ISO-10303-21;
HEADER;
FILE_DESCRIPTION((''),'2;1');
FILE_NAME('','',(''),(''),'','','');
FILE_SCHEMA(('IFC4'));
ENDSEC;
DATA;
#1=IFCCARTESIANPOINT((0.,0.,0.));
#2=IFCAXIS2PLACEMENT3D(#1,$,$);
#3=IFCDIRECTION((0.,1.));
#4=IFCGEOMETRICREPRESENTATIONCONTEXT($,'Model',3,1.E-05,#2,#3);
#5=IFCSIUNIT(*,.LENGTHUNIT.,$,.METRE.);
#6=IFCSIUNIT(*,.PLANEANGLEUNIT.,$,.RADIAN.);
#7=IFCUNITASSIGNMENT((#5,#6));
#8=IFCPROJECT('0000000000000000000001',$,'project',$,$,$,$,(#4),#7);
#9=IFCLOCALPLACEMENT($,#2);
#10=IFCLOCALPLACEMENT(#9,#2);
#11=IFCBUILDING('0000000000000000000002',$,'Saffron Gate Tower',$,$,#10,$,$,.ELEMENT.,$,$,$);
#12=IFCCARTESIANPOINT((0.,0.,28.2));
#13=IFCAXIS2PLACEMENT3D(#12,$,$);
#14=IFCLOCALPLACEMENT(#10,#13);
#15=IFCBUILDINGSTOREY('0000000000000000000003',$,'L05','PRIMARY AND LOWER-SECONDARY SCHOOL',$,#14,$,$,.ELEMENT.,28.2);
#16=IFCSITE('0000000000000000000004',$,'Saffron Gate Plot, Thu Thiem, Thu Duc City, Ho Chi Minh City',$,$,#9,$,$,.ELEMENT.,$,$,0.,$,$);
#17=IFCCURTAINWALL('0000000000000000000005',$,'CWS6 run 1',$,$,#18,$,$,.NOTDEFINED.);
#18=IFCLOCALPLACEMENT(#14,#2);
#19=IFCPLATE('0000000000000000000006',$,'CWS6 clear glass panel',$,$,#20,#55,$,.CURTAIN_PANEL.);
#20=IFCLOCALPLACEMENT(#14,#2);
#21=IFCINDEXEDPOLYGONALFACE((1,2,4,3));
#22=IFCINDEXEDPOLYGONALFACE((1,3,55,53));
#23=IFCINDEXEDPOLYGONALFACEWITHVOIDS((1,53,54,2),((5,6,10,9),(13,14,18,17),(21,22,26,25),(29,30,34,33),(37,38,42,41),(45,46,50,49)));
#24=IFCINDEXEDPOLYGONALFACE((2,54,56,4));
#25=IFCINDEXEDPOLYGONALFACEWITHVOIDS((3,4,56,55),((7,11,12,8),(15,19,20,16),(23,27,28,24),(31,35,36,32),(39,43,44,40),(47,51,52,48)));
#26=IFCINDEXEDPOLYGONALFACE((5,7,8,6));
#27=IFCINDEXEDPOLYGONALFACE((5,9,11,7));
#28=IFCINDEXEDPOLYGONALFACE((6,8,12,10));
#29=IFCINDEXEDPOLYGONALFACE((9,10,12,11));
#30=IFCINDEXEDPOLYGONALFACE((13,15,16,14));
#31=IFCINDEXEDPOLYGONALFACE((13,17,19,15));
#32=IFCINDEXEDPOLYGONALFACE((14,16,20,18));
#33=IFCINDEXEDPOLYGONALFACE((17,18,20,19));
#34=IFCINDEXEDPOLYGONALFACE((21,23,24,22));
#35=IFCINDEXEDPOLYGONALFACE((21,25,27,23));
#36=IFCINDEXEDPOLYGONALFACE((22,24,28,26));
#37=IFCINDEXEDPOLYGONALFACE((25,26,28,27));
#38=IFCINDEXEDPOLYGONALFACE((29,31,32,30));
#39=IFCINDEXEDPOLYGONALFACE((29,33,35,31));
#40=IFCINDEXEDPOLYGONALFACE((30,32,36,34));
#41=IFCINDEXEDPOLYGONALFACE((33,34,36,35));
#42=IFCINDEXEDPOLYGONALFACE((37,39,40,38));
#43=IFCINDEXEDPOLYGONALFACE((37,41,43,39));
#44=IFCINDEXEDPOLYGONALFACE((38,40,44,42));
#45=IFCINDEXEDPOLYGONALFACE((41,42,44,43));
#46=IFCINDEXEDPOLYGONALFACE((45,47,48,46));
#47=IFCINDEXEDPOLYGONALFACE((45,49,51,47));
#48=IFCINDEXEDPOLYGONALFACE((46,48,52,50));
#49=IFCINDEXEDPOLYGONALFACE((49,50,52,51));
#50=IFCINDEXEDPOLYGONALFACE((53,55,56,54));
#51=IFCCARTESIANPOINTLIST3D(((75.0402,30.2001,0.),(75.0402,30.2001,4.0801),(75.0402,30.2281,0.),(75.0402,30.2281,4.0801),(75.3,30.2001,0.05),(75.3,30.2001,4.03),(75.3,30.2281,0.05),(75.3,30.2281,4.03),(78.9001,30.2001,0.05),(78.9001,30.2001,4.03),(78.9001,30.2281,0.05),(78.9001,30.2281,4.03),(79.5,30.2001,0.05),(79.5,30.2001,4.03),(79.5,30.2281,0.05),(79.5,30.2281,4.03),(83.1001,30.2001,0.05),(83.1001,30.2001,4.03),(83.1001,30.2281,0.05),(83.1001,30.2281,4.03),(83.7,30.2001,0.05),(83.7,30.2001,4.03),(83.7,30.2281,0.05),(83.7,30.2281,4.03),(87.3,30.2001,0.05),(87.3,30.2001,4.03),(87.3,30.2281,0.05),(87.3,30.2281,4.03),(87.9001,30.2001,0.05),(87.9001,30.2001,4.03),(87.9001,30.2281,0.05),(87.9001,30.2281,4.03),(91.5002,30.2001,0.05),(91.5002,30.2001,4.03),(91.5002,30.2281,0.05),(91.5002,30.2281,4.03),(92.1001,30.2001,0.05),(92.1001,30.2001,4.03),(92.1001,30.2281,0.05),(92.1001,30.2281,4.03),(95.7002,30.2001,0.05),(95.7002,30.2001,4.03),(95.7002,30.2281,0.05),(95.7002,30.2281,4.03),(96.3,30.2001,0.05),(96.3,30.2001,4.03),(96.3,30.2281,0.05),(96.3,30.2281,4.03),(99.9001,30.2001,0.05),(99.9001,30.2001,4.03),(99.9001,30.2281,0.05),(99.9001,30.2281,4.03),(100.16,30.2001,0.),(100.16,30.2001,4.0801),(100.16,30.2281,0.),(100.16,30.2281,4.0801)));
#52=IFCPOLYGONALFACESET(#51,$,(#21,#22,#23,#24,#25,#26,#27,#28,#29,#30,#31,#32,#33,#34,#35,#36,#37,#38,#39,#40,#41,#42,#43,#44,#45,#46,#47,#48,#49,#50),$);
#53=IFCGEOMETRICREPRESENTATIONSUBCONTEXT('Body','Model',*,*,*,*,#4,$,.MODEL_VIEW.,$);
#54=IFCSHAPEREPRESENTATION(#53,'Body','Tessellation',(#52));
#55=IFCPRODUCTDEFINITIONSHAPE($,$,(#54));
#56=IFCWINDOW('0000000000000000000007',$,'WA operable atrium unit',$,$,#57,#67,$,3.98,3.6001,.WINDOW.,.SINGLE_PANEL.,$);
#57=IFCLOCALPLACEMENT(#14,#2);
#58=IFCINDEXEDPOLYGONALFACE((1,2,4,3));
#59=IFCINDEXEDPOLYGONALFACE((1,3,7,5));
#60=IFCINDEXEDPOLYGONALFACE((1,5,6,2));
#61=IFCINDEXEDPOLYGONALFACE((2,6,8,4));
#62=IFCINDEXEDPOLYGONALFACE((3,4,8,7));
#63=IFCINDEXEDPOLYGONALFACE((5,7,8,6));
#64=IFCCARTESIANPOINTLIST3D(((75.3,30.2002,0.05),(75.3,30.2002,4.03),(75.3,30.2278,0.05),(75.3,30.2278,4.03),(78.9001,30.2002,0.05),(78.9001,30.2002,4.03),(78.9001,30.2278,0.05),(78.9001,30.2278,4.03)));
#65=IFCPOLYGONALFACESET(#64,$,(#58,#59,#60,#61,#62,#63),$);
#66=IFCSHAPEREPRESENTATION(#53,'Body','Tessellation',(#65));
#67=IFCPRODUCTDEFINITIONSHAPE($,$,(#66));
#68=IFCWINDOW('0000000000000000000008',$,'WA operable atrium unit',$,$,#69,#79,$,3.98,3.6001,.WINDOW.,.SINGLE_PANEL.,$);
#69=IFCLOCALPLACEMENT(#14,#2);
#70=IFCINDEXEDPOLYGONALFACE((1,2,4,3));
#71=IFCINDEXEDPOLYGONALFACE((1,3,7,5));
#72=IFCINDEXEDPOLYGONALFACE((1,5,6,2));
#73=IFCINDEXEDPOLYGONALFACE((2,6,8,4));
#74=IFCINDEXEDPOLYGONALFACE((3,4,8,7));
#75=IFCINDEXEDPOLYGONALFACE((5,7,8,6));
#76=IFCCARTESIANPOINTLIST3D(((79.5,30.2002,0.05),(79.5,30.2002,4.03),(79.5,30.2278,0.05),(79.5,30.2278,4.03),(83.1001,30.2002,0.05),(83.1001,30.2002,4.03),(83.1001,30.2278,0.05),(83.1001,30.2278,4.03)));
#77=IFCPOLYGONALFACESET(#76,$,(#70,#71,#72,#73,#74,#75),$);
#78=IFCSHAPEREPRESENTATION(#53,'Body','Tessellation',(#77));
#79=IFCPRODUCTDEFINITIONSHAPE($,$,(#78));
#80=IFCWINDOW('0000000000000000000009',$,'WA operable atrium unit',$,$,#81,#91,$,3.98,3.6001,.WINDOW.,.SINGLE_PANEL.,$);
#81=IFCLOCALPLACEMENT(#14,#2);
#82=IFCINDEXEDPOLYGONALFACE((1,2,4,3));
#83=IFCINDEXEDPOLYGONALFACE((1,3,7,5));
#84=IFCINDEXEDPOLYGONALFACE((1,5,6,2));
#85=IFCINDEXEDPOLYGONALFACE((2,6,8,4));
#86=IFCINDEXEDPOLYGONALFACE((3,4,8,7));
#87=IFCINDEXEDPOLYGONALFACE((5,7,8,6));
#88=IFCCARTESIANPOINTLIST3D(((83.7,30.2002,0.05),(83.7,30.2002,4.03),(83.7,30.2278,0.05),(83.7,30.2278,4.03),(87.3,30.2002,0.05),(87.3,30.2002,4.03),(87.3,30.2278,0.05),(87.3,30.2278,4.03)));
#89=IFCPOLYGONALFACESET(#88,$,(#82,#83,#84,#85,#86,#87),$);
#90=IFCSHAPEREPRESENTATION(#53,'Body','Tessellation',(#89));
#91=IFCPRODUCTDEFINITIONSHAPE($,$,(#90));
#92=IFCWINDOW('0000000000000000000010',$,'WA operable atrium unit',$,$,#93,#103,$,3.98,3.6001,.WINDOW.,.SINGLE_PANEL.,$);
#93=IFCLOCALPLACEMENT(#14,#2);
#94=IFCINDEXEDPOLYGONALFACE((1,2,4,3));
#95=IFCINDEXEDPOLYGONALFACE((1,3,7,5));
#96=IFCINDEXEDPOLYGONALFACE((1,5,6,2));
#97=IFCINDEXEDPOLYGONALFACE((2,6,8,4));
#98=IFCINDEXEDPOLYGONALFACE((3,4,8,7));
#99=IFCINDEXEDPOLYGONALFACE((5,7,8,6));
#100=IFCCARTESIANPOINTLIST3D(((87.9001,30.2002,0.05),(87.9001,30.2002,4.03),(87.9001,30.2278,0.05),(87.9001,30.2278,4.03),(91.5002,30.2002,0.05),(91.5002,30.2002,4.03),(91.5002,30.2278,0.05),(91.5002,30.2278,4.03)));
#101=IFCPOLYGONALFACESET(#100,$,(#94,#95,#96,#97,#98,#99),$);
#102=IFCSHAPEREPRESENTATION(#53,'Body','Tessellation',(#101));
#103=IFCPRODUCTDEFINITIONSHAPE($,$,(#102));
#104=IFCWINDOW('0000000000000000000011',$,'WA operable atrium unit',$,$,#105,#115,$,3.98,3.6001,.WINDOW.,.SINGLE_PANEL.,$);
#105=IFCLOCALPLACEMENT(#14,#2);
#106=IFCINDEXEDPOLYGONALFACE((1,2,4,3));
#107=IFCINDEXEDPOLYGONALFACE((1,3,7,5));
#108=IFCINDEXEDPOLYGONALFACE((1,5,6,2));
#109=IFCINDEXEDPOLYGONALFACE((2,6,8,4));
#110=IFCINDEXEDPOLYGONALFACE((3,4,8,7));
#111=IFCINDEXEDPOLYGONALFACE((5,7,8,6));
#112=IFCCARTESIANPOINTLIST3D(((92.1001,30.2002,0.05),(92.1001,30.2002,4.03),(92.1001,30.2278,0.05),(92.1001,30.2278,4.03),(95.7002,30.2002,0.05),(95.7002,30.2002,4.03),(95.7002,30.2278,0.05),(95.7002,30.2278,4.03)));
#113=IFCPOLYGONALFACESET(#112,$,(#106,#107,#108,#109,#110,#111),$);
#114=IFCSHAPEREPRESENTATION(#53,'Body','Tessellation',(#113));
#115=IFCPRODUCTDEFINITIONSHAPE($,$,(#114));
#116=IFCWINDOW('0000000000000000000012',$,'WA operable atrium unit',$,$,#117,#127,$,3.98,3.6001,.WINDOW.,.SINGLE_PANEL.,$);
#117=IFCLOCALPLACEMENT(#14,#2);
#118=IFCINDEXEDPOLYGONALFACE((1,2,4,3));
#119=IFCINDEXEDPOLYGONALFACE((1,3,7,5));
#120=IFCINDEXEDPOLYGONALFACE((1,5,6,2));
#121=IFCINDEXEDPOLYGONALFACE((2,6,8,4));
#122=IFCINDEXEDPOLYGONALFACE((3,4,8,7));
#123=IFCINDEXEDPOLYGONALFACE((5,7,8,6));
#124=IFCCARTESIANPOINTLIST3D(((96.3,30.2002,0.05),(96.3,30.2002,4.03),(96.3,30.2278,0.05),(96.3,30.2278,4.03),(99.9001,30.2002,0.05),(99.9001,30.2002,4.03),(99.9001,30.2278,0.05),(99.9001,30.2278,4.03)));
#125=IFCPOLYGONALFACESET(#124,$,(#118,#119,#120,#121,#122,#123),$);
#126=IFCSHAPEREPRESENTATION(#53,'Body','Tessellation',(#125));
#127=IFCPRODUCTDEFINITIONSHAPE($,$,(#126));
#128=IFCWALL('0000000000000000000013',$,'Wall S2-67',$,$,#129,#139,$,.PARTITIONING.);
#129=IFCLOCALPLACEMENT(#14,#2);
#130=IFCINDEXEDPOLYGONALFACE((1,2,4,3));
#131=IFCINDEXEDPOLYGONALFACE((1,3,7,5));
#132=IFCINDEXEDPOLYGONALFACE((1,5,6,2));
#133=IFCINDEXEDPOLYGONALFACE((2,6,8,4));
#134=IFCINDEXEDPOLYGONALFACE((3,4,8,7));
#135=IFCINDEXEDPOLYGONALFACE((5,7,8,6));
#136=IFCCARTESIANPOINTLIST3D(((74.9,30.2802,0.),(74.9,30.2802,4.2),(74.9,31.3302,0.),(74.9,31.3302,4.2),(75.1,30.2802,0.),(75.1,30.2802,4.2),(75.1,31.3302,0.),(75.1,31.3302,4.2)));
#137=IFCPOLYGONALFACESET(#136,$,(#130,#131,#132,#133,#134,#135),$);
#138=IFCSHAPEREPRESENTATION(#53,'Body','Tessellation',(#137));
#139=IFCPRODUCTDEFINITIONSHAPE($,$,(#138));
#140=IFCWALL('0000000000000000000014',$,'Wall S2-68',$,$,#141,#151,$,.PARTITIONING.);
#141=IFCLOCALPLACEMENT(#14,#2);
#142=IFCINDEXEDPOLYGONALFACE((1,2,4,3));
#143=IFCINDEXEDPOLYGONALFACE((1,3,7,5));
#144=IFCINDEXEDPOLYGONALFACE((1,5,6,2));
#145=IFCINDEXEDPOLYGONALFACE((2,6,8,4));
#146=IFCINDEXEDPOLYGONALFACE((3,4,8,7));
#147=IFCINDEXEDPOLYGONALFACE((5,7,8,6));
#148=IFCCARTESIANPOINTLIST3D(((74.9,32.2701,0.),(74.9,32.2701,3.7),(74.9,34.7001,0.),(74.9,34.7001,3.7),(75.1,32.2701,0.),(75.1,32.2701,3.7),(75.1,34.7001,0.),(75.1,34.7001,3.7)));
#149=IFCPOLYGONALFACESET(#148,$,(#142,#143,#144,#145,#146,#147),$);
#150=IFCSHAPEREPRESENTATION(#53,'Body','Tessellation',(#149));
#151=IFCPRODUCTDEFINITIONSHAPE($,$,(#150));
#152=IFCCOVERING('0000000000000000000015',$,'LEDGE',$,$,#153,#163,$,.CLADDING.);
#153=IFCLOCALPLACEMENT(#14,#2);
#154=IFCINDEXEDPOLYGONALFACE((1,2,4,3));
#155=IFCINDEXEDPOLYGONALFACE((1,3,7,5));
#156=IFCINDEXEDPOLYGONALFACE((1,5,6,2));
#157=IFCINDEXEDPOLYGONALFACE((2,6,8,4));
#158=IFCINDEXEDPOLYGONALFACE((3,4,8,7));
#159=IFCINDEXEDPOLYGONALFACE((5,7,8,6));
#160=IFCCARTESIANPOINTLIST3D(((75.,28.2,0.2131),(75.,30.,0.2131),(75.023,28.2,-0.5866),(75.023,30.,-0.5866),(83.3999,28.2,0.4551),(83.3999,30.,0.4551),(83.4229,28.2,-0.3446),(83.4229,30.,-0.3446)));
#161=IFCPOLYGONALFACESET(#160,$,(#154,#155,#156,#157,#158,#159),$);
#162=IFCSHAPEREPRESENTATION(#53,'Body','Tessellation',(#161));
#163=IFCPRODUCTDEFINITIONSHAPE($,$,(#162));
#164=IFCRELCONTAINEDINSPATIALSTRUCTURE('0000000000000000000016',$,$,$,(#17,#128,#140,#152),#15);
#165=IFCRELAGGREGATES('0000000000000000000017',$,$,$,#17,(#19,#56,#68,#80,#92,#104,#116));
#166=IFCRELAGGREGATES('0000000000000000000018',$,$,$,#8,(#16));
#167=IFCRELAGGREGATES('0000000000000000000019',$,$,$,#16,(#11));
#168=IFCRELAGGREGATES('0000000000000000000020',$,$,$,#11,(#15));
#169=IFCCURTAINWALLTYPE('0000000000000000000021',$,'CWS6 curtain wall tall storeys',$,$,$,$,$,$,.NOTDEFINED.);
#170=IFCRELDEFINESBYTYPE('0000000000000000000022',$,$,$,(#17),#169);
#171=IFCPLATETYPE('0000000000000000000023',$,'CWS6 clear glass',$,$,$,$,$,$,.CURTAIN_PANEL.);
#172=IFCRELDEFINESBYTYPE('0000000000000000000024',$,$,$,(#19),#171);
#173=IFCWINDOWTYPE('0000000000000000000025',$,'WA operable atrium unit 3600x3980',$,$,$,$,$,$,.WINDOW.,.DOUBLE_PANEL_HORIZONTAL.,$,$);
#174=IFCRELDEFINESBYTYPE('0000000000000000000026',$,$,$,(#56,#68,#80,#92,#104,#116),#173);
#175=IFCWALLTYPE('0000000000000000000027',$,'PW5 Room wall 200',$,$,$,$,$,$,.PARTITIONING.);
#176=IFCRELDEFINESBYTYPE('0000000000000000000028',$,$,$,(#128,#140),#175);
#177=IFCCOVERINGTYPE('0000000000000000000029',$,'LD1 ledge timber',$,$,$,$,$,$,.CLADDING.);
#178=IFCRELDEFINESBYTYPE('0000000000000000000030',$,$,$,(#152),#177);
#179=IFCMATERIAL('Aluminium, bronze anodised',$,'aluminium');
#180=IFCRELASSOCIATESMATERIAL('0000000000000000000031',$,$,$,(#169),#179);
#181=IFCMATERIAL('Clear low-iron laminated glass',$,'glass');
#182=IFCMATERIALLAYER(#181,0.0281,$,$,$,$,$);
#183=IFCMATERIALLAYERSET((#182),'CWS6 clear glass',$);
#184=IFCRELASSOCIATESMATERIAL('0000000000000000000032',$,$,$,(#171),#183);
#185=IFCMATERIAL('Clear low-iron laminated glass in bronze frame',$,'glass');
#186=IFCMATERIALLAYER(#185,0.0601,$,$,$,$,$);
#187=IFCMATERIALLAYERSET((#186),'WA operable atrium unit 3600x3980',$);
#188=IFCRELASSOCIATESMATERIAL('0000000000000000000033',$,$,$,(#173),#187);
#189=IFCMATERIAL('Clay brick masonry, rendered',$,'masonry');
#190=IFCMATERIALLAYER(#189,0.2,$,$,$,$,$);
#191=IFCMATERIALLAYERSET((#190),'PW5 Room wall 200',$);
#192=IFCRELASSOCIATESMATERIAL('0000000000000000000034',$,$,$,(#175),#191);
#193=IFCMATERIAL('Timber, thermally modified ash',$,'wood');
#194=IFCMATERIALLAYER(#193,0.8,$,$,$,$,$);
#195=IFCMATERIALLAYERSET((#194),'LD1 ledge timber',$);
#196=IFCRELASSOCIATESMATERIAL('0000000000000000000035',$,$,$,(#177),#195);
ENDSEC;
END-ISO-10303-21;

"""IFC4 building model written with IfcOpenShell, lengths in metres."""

from ifc_helpers import new_model, si_unit, direction, frame, frame_2d, origin, place, context, subcontext, project, spatial, polyline, rectangle, outline, extrude, material, layer, layer_set, type_object, element, fill, aggregate, save


model = new_model("IFC4")

# Units and contexts
model_context = context("Model", 3, precision=1e-05, world=origin(), true_north=direction((0.0, 1.0)))
body_context = subcontext(model_context, "Body", "Model", "MODEL_VIEW")
ifc_project = project(units=[si_unit("LENGTHUNIT", "METRE"), si_unit("PLANEANGLEUNIT", "RADIAN")], contexts=[model_context])

# Site, building, storey
site_placement = place(None, origin())
site = spatial("IfcSite", under=ifc_project, at=site_placement, Name="Saffron Gate Plot, Thu Thiem, Thu Duc City, Ho Chi Minh City", CompositionType="ELEMENT", RefElevation=0.0)
building_placement = place(site_placement, origin())
building = spatial("IfcBuilding", under=site, at=building_placement, Name="Saffron Gate Tower", CompositionType="ELEMENT")
storey_placement = place(building_placement, frame((0.0, 0.0, 28.2)))
storey = spatial("IfcBuildingStorey", under=building, at=storey_placement, Name="L05", Description="PRIMARY AND LOWER-SECONDARY SCHOOL", CompositionType="ELEMENT", Elevation=28.2)

# Curtain wall, plate, openings, windows
ifc_material_1 = material(Name="Aluminium, bronze anodised", Category="aluminium")
curtain_wall_type = type_object("IfcCurtainWallType", Name="CWS6 curtain wall tall storeys", PredefinedType="NOTDEFINED", material=ifc_material_1)
curtain_wall_placement = place(storey_placement, origin())
curtain_wall = element("IfcCurtainWall", 1, at=curtain_wall_placement, inside=storey, type_object=curtain_wall_type, Name="CWS6 run 1", PredefinedType="NOTDEFINED")
ifc_material_2 = material(Name="Clear low-iron laminated glass", Category="glass")
ifc_layer_1 = layer(ifc_material_2, 0.0281)
ifc_layer_set_1 = layer_set([ifc_layer_1], Name="CWS6 clear glass")
plate_type = type_object("IfcPlateType", Name="CWS6 clear glass", PredefinedType="CURTAIN_PANEL", material=ifc_layer_set_1)
plate_placement = place(storey_placement, frame((75.04, 30.2141, 0.0), z_axis=(0.0, 0.0, 1.0), x_axis=(1.0, 0.0, 0.0)))
plate = element("IfcPlate", 2, at=plate_placement, type_object=plate_type, Name="CWS6 clear glass panel", PredefinedType="CURTAIN_PANEL", context=body_context, shape_type="SweptSolid", body=[
    extrude(rectangle(XDim=25.1199, YDim=0.0281, at=frame_2d((12.5601, 0.0))), origin(), (0.0, 0.0, 1.0), 4.0801),
])
opening_1_placement = place(plate_placement, frame((0.26, 0.0, 0.05)))
opening_1 = element("IfcOpeningElement", 3, at=opening_1_placement, cuts=plate, PredefinedType="OPENING", context=body_context, shape_type="SweptSolid", body=[
    extrude(rectangle(XDim=3.6001, YDim=3.98, at=frame_2d((1.8, 1.99))), frame((0.0, 0.0239, 0.0), z_axis=(0.0, -1.0, 0.0), x_axis=(1.0, 0.0, 0.0)), (0.0, 0.0, 1.0), 0.0481),
])
opening_2_placement = place(plate_placement, frame((4.46, 0.0, 0.05)))
opening_2 = element("IfcOpeningElement", 4, at=opening_2_placement, cuts=plate, PredefinedType="OPENING", context=body_context, shape_type="SweptSolid", body=[
    extrude(rectangle(XDim=3.6001, YDim=3.98, at=frame_2d((1.8, 1.99))), frame((0.0, 0.0239, 0.0), z_axis=(0.0, -1.0, 0.0), x_axis=(1.0, 0.0, 0.0)), (0.0, 0.0, 1.0), 0.0481),
])
opening_3_placement = place(plate_placement, frame((8.6599, 0.0, 0.05)))
opening_3 = element("IfcOpeningElement", 5, at=opening_3_placement, cuts=plate, PredefinedType="OPENING", context=body_context, shape_type="SweptSolid", body=[
    extrude(rectangle(XDim=3.6001, YDim=3.98, at=frame_2d((1.8, 1.99))), frame((0.0, 0.0239, 0.0), z_axis=(0.0, -1.0, 0.0), x_axis=(1.0, 0.0, 0.0)), (0.0, 0.0, 1.0), 0.0481),
])
opening_4_placement = place(plate_placement, frame((12.8601, 0.0, 0.05)))
opening_4 = element("IfcOpeningElement", 6, at=opening_4_placement, cuts=plate, PredefinedType="OPENING", context=body_context, shape_type="SweptSolid", body=[
    extrude(rectangle(XDim=3.6001, YDim=3.98, at=frame_2d((1.8, 1.99))), frame((0.0, 0.0239, 0.0), z_axis=(0.0, -1.0, 0.0), x_axis=(1.0, 0.0, 0.0)), (0.0, 0.0, 1.0), 0.0481),
])
opening_5_placement = place(plate_placement, frame((17.0601, 0.0, 0.05)))
opening_5 = element("IfcOpeningElement", 7, at=opening_5_placement, cuts=plate, PredefinedType="OPENING", context=body_context, shape_type="SweptSolid", body=[
    extrude(rectangle(XDim=3.6001, YDim=3.98, at=frame_2d((1.8, 1.99))), frame((0.0, 0.0239, 0.0), z_axis=(0.0, -1.0, 0.0), x_axis=(1.0, 0.0, 0.0)), (0.0, 0.0, 1.0), 0.0481),
])
opening_6_placement = place(plate_placement, frame((21.26, 0.0, 0.05)))
opening_6 = element("IfcOpeningElement", 8, at=opening_6_placement, cuts=plate, PredefinedType="OPENING", context=body_context, shape_type="SweptSolid", body=[
    extrude(rectangle(XDim=3.6001, YDim=3.98, at=frame_2d((1.8, 1.99))), frame((0.0, 0.0239, 0.0), z_axis=(0.0, -1.0, 0.0), x_axis=(1.0, 0.0, 0.0)), (0.0, 0.0, 1.0), 0.0481),
])
ifc_material_3 = material(Name="Clear low-iron laminated glass in bronze frame", Category="glass")
ifc_layer_2 = layer(ifc_material_3, 0.0601)
ifc_layer_set_2 = layer_set([ifc_layer_2], Name="WA operable atrium unit 3600x3980")
window_type = type_object("IfcWindowType", Name="WA operable atrium unit 3600x3980", PartitioningType="DOUBLE_PANEL_HORIZONTAL", PredefinedType="WINDOW", material=ifc_layer_set_2)
window_1_placement = place(opening_1_placement, origin())
window_1 = element("IfcWindow", 9, at=window_1_placement, type_object=window_type, Name="WA operable atrium unit", OverallHeight=3.98, OverallWidth=3.6001, PartitioningType="SINGLE_PANEL", PredefinedType="WINDOW", context=body_context, shape_type="SweptSolid", body=[
    extrude(rectangle(XDim=3.6001, YDim=3.98, at=frame_2d((1.8, 1.99))), frame((0.0, 0.0137, 0.0), z_axis=(0.0, -1.0, 0.0), x_axis=(1.0, 0.0, 0.0)), (0.0, 0.0, 1.0), 0.0276),
])
fill(opening_1, window_1)
window_2_placement = place(opening_2_placement, origin())
window_2 = element("IfcWindow", 10, at=window_2_placement, type_object=window_type, Name="WA operable atrium unit", OverallHeight=3.98, OverallWidth=3.6001, PartitioningType="SINGLE_PANEL", PredefinedType="WINDOW", context=body_context, shape_type="SweptSolid", body=[
    extrude(rectangle(XDim=3.6001, YDim=3.98, at=frame_2d((1.8, 1.99))), frame((0.0, 0.0137, 0.0), z_axis=(0.0, -1.0, 0.0), x_axis=(1.0, 0.0, 0.0)), (0.0, 0.0, 1.0), 0.0276),
])
fill(opening_2, window_2)
window_3_placement = place(opening_3_placement, origin())
window_3 = element("IfcWindow", 11, at=window_3_placement, type_object=window_type, Name="WA operable atrium unit", OverallHeight=3.98, OverallWidth=3.6001, PartitioningType="SINGLE_PANEL", PredefinedType="WINDOW", context=body_context, shape_type="SweptSolid", body=[
    extrude(rectangle(XDim=3.6001, YDim=3.98, at=frame_2d((1.8, 1.99))), frame((0.0, 0.0137, 0.0), z_axis=(0.0, -1.0, 0.0), x_axis=(1.0, 0.0, 0.0)), (0.0, 0.0, 1.0), 0.0276),
])
fill(opening_3, window_3)
window_4_placement = place(opening_4_placement, origin())
window_4 = element("IfcWindow", 12, at=window_4_placement, type_object=window_type, Name="WA operable atrium unit", OverallHeight=3.98, OverallWidth=3.6001, PartitioningType="SINGLE_PANEL", PredefinedType="WINDOW", context=body_context, shape_type="SweptSolid", body=[
    extrude(rectangle(XDim=3.6001, YDim=3.98, at=frame_2d((1.8, 1.99))), frame((0.0, 0.0137, 0.0), z_axis=(0.0, -1.0, 0.0), x_axis=(1.0, 0.0, 0.0)), (0.0, 0.0, 1.0), 0.0276),
])
fill(opening_4, window_4)
window_5_placement = place(opening_5_placement, origin())
window_5 = element("IfcWindow", 13, at=window_5_placement, type_object=window_type, Name="WA operable atrium unit", OverallHeight=3.98, OverallWidth=3.6001, PartitioningType="SINGLE_PANEL", PredefinedType="WINDOW", context=body_context, shape_type="SweptSolid", body=[
    extrude(rectangle(XDim=3.6001, YDim=3.98, at=frame_2d((1.8, 1.99))), frame((0.0, 0.0137, 0.0), z_axis=(0.0, -1.0, 0.0), x_axis=(1.0, 0.0, 0.0)), (0.0, 0.0, 1.0), 0.0276),
])
fill(opening_5, window_5)
window_6_placement = place(opening_6_placement, origin())
window_6 = element("IfcWindow", 14, at=window_6_placement, type_object=window_type, Name="WA operable atrium unit", OverallHeight=3.98, OverallWidth=3.6001, PartitioningType="SINGLE_PANEL", PredefinedType="WINDOW", context=body_context, shape_type="SweptSolid", body=[
    extrude(rectangle(XDim=3.6001, YDim=3.98, at=frame_2d((1.8, 1.99))), frame((0.0, 0.0137, 0.0), z_axis=(0.0, -1.0, 0.0), x_axis=(1.0, 0.0, 0.0)), (0.0, 0.0, 1.0), 0.0276),
])
fill(opening_6, window_6)
aggregate(curtain_wall, [plate, window_1, window_2, window_3, window_4, window_5, window_6])

# Walls
ifc_material_4 = material(Name="Clay brick masonry, rendered", Category="masonry")
ifc_layer_3 = layer(ifc_material_4, 0.2)
ifc_layer_set_3 = layer_set([ifc_layer_3], Name="PW5 Room wall 200")
wall_type = type_object("IfcWallType", Name="PW5 Room wall 200", PredefinedType="PARTITIONING", material=ifc_layer_set_3)
wall_1_placement = place(storey_placement, frame((75.0, 31.3301, 0.0), z_axis=(0.0, 0.0, 1.0), x_axis=(0.0, -1.0, 0.0)))
element("IfcWall", 15, at=wall_1_placement, inside=storey, type_object=wall_type, Name="Wall S2-67", PredefinedType="PARTITIONING", context=body_context, shape_type="SweptSolid", body=[
    extrude(rectangle(XDim=1.05, YDim=0.2, at=frame_2d((0.5249, 0.0))), origin(), (0.0, 0.0, 1.0), 4.2),
])
wall_2_placement = place(storey_placement, frame((75.0, 34.7, 0.0), z_axis=(0.0, 0.0, 1.0), x_axis=(0.0, -1.0, 0.0)))
element("IfcWall", 16, at=wall_2_placement, inside=storey, type_object=wall_type, Name="Wall S2-68", PredefinedType="PARTITIONING", context=body_context, shape_type="SweptSolid", body=[
    extrude(rectangle(XDim=2.4299, YDim=0.2, at=frame_2d((1.2148, 0.0))), origin(), (0.0, 0.0, 1.0), 3.7),
])

# Covering
ifc_material_5 = material(Name="Timber, thermally modified ash", Category="wood")
ifc_layer_4 = layer(ifc_material_5, 0.8)
ifc_layer_set_4 = layer_set([ifc_layer_4], Name="LD1 ledge timber")
covering_type_1 = type_object("IfcCoveringType", Name="LD1 ledge timber", PredefinedType="CLADDING", material=ifc_layer_set_4)
covering_1_placement = place(storey_placement, frame((75.0, 30.0, 0.2131), z_axis=(-0.028791, 0.0, 0.999585), x_axis=(0.999585, 0.0, 0.028791)))
element("IfcCovering", 17, at=covering_1_placement, inside=storey, type_object=covering_type_1, Name="LEDGE", PredefinedType="CLADDING", context=body_context, shape_type="SweptSolid", body=[
    extrude(outline(polyline([(0.0, 0.0), (8.4034, 0.0), (8.4034, -1.8), (0.0, -1.8), (0.0, 0.0)])), origin(), (0.0, 0.0, -1.0), 0.8),
])

save(model, "model.ifc")
